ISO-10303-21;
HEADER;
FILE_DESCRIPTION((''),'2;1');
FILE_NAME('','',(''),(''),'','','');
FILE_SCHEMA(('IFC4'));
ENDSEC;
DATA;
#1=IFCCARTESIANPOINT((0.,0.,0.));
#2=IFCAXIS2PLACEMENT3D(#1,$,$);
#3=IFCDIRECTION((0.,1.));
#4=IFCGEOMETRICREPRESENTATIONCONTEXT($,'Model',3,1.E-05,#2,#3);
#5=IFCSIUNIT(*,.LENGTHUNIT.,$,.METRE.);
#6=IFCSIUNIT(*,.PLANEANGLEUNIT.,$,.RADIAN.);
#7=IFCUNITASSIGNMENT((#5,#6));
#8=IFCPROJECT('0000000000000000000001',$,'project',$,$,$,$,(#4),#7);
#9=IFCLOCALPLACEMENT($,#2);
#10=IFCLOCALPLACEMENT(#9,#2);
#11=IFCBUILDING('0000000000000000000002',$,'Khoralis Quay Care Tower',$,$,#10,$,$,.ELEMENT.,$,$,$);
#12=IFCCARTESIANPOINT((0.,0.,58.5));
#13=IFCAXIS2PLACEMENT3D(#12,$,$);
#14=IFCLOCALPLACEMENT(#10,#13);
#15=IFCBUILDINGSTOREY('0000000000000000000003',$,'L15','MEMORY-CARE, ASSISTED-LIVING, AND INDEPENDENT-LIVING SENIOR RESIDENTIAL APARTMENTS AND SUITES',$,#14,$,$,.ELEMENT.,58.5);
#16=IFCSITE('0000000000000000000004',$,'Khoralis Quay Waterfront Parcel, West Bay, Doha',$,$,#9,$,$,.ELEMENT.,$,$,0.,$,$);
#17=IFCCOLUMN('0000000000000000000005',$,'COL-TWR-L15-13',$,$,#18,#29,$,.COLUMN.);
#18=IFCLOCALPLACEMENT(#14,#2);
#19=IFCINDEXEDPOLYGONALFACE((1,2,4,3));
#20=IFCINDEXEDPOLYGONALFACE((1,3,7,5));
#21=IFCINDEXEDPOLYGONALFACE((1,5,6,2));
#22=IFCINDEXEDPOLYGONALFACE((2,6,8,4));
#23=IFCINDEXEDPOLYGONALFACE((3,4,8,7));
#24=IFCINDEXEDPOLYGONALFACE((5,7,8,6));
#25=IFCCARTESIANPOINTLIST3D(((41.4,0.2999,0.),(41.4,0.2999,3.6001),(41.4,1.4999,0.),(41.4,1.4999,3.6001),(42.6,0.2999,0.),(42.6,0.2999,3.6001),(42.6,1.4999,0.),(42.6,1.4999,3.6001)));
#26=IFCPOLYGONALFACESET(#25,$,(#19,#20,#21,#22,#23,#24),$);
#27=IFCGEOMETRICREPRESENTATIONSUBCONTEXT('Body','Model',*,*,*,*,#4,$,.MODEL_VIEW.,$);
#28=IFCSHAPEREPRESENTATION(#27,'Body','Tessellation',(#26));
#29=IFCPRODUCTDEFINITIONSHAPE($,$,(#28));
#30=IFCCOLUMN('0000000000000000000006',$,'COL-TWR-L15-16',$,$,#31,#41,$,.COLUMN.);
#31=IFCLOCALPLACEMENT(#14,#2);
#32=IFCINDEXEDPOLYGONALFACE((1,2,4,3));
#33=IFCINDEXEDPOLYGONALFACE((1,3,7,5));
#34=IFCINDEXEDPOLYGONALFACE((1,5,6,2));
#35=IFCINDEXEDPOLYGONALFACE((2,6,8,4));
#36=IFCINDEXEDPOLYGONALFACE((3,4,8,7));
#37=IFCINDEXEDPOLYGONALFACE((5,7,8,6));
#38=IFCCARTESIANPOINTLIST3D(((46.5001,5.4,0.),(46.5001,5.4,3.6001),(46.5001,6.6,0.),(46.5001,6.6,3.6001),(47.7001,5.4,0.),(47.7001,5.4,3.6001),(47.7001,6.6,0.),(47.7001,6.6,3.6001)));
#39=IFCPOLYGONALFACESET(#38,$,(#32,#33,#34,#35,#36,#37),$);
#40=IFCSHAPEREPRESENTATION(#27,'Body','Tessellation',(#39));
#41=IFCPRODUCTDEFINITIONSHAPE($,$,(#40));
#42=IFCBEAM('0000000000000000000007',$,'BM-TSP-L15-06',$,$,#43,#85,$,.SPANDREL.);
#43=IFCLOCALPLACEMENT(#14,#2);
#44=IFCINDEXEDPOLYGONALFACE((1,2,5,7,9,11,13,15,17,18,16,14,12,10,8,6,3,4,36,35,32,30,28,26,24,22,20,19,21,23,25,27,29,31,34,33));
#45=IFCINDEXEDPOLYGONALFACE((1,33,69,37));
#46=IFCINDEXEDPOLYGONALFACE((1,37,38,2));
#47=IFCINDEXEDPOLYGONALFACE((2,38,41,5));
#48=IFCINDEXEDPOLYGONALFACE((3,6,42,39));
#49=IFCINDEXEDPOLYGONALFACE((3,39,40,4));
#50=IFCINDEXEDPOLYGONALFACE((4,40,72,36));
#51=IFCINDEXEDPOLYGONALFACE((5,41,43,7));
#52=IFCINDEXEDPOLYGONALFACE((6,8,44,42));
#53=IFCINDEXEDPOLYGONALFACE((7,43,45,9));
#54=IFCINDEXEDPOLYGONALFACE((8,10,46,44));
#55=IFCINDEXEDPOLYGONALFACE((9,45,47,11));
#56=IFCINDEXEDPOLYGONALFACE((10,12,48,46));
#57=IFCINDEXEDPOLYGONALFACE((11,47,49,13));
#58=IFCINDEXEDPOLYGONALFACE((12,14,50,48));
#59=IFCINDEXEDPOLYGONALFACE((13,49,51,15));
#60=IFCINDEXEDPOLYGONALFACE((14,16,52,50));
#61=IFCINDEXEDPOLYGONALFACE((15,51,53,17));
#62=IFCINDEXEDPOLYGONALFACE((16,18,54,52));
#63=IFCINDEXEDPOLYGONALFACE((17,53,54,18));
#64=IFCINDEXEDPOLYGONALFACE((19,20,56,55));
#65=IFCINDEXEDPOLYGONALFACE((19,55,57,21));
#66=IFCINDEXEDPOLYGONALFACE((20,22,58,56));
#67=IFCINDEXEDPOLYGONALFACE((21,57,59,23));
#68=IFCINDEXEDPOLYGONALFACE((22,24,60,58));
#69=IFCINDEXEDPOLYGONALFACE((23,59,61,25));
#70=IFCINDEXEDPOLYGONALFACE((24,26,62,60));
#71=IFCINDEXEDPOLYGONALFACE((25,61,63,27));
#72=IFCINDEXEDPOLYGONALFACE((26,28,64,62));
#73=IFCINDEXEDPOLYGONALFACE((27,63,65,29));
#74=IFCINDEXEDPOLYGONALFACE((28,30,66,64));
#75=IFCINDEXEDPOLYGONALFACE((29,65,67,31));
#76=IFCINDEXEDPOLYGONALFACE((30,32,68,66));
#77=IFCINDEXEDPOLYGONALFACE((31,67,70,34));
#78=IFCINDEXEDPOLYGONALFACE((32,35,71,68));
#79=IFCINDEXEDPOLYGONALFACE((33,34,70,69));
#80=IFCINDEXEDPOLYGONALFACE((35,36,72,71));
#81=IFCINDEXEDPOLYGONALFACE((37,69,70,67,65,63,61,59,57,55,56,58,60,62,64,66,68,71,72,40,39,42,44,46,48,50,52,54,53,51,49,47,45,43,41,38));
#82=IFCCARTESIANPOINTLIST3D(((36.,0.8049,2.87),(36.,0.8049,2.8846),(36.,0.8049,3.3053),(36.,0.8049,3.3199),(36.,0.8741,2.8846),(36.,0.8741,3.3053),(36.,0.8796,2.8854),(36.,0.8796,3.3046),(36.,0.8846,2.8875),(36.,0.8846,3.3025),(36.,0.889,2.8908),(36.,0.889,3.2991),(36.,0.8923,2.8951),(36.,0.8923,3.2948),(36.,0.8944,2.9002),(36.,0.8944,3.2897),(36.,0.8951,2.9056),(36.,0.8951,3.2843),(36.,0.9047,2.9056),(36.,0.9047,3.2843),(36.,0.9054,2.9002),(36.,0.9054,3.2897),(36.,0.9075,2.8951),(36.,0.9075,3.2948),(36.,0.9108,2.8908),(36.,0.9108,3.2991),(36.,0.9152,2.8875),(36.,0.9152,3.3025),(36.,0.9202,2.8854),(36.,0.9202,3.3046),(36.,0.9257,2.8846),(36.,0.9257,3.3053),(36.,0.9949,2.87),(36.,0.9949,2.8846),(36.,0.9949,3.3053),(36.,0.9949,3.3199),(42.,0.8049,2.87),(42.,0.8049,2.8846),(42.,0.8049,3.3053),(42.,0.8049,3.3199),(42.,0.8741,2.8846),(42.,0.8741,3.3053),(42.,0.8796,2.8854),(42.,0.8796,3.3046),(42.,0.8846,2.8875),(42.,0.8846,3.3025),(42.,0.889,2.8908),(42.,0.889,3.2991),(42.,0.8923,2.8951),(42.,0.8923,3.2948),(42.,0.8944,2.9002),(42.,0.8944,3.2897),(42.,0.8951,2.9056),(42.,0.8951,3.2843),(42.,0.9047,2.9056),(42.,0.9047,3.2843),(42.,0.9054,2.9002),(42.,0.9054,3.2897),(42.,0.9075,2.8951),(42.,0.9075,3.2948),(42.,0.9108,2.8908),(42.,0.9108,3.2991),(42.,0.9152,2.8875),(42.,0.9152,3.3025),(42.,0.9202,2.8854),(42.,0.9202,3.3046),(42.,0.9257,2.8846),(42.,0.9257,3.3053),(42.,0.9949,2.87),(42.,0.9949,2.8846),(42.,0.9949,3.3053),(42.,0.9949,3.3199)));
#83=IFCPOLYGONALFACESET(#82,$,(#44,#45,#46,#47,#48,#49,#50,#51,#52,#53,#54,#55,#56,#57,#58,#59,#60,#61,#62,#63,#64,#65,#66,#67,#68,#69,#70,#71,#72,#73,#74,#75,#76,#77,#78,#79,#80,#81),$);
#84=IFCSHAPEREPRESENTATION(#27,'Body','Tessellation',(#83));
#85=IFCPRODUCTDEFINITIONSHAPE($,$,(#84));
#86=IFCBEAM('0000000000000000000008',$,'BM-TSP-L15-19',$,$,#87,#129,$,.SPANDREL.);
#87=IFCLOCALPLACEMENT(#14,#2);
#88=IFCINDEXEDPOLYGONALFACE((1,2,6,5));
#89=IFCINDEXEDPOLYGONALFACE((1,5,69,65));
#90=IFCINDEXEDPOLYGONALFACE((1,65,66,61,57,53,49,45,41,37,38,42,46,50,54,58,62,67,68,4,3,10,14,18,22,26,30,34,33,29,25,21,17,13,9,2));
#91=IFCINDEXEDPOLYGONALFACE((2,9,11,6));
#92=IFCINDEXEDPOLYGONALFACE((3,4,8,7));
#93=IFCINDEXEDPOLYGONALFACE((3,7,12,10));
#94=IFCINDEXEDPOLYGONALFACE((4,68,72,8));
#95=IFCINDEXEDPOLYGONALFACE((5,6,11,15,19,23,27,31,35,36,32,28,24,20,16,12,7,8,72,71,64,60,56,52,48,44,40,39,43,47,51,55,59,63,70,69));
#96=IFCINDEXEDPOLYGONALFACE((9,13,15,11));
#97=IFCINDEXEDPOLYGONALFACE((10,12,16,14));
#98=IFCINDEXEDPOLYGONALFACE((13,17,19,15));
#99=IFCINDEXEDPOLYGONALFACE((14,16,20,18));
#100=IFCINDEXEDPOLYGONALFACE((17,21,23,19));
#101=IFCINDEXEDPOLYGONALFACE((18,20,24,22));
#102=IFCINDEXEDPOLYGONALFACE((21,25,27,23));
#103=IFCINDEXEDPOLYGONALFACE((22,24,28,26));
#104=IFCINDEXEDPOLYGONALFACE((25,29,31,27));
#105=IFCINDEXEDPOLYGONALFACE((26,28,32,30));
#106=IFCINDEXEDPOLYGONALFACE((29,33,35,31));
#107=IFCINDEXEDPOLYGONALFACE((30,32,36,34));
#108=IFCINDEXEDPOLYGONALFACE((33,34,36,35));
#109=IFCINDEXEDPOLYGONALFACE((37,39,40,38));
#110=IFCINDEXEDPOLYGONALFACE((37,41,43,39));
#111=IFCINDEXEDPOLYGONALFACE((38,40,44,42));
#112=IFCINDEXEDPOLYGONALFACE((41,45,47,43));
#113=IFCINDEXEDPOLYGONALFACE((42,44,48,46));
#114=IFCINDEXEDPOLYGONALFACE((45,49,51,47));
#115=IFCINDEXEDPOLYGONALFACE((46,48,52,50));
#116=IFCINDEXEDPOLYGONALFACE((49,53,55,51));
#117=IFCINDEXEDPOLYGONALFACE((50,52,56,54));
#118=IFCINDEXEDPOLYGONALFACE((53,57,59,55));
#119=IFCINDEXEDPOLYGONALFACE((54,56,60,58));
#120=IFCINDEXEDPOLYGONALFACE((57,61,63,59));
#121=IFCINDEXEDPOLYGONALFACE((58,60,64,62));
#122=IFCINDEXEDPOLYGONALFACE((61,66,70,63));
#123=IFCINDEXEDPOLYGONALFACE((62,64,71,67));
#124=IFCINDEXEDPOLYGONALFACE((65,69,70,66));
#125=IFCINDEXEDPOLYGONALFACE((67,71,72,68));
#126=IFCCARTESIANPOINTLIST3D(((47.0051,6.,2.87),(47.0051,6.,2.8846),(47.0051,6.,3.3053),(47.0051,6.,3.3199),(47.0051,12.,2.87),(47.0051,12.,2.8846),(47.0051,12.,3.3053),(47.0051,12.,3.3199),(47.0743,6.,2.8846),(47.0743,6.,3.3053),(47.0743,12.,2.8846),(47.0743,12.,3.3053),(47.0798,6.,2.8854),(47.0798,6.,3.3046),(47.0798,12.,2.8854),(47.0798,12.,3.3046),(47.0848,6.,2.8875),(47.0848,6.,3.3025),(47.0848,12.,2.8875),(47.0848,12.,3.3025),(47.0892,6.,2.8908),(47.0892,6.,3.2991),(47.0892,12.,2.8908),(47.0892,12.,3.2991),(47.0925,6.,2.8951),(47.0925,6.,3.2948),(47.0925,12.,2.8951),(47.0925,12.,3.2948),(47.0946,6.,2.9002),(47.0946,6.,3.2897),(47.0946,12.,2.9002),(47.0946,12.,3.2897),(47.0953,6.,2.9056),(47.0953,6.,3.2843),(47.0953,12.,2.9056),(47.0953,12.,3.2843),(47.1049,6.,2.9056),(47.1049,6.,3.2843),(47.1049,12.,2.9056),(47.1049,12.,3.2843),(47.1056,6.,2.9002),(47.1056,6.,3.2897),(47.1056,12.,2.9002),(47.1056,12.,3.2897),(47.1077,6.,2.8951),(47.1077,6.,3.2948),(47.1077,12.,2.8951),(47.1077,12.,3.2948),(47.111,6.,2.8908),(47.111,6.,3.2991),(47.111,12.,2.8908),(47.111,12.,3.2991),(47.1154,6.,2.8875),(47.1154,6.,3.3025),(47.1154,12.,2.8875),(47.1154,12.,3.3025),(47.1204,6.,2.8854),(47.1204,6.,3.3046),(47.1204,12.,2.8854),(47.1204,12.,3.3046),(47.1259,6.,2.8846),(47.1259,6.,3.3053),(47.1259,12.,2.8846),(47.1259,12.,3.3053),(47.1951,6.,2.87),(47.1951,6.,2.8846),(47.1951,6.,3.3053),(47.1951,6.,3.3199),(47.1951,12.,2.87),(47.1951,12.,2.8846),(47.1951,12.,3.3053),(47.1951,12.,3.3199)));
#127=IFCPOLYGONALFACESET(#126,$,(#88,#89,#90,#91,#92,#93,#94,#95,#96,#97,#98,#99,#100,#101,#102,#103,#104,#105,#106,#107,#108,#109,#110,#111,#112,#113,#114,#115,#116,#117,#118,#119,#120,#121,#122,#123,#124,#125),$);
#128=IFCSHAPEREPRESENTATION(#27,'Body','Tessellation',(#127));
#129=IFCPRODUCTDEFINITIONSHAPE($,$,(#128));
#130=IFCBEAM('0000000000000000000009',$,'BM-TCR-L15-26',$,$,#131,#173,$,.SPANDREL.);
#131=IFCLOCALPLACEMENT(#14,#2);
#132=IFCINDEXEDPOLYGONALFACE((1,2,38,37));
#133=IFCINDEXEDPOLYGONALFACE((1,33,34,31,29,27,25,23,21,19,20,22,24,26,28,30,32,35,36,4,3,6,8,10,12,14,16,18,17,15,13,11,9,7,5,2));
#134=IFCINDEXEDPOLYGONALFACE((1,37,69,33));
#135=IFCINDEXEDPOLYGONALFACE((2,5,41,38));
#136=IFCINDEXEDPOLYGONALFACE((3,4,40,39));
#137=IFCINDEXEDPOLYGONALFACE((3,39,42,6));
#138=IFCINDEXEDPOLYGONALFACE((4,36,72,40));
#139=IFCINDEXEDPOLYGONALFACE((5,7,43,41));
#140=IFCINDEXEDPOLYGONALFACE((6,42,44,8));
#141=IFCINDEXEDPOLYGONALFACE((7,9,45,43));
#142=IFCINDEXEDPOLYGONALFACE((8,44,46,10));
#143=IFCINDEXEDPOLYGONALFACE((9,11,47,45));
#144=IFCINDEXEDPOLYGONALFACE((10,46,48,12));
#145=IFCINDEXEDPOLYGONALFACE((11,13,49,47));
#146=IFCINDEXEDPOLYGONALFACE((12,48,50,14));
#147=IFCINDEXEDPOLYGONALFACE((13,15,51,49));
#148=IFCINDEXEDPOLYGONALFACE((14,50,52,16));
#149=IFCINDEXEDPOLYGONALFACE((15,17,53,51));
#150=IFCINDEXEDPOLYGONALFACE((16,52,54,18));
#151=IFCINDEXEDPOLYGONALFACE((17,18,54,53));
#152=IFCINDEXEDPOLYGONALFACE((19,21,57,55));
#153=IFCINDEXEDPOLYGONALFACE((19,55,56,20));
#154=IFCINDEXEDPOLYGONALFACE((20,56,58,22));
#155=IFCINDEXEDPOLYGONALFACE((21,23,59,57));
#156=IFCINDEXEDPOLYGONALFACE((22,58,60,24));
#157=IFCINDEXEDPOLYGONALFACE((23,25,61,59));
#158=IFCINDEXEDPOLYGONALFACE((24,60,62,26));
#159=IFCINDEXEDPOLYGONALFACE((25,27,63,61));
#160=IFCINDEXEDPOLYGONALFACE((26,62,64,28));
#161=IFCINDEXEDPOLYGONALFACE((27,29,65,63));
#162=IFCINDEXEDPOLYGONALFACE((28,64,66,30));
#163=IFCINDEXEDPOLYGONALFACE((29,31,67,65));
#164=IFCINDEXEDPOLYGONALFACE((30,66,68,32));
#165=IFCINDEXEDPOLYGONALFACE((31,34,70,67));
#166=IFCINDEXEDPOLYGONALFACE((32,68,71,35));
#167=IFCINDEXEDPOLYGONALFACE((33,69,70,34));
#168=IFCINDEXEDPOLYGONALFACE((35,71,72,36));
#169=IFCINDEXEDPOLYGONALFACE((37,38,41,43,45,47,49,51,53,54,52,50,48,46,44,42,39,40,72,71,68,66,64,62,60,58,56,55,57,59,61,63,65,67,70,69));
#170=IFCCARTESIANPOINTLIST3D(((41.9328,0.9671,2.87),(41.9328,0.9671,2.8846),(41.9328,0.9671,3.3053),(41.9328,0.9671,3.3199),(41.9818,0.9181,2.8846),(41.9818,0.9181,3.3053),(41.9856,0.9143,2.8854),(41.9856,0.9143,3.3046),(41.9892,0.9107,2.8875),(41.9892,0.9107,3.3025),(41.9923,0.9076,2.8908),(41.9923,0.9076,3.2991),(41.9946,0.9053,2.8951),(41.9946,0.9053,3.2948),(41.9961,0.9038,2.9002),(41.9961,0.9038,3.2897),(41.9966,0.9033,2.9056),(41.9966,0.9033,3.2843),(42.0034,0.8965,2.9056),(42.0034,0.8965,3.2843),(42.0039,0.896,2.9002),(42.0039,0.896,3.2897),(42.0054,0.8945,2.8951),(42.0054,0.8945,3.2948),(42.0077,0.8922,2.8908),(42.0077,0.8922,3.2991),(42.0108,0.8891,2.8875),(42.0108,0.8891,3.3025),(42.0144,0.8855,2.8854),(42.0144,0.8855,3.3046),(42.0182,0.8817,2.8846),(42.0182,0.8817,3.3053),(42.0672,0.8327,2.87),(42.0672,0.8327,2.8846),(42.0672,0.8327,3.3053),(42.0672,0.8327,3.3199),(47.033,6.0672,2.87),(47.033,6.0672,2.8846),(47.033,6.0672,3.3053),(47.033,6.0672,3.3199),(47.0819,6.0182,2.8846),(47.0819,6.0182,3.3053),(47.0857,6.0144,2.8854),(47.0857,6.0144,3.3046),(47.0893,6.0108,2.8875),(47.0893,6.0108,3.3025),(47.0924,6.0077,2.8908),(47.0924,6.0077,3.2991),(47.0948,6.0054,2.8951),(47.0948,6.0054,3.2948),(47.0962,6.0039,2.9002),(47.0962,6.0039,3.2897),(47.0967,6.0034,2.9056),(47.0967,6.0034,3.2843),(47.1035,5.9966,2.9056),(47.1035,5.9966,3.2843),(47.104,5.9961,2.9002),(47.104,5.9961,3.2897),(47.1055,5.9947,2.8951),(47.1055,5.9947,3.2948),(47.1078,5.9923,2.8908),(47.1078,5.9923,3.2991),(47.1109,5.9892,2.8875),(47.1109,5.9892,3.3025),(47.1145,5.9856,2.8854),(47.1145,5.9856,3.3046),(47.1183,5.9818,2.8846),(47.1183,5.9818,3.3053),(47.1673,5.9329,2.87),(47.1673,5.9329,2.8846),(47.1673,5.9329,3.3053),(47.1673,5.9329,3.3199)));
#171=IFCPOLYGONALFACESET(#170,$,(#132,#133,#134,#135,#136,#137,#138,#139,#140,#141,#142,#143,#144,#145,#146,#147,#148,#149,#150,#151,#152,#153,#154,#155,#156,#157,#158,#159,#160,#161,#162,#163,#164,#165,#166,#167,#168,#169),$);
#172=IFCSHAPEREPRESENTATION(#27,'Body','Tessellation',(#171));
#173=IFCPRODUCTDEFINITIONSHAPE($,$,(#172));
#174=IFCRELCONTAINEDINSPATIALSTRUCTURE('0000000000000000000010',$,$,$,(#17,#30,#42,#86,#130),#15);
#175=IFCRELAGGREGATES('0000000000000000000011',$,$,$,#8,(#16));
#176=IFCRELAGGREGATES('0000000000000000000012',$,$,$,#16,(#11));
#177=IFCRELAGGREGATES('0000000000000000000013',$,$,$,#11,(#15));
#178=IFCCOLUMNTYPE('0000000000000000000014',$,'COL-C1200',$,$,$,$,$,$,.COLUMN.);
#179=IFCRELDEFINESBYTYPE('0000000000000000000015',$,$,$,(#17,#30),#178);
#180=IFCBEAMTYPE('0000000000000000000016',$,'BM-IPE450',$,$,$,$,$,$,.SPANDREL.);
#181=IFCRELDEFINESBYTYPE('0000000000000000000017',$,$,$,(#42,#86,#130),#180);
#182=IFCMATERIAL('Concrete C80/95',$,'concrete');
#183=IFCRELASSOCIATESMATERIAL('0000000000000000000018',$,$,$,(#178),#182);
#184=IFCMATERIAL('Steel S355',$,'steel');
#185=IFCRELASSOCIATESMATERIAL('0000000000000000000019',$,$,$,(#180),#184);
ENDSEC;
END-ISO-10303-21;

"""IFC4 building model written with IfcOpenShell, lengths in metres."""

from ifc_helpers import new_model, si_unit, direction, frame, origin, origin_2d, place, context, subcontext, project, spatial, rectangle, i_section, extrude, source, transform, mapped, material, material_profile, profile_set, type_object, element, save


model = new_model("IFC4")

# Units and contexts
model_context = context("Model", 3, precision=1e-05, world=origin(), true_north=direction((0.0, 1.0)))
body_context = subcontext(model_context, "Body", "Model", "MODEL_VIEW")
ifc_project = project(units=[si_unit("LENGTHUNIT", "METRE"), si_unit("PLANEANGLEUNIT", "RADIAN")], contexts=[model_context])

# Site, building, storey
site_placement = place(None, origin())
site = spatial("IfcSite", under=ifc_project, at=site_placement, Name="Khoralis Quay Waterfront Parcel, West Bay, Doha", CompositionType="ELEMENT", RefElevation=0.0)
building_placement = place(site_placement, origin())
building = spatial("IfcBuilding", under=site, at=building_placement, Name="Khoralis Quay Care Tower", CompositionType="ELEMENT")
storey_placement = place(building_placement, frame((0.0, 0.0, 58.5)))
storey = spatial("IfcBuildingStorey", under=building, at=storey_placement, Name="L15", Description="MEMORY-CARE, ASSISTED-LIVING, AND INDEPENDENT-LIVING SENIOR RESIDENTIAL APARTMENTS AND SUITES", CompositionType="ELEMENT", Elevation=58.5)

# Columns
ifc_material_1 = material(Name="Concrete C80/95", Category="concrete")
ifc_material_profile_1 = material_profile(ifc_material_1, rectangle(XDim=1.2, YDim=1.2, at=origin_2d()), Name="Concrete C80/95")
ifc_profile_set_1 = profile_set([ifc_material_profile_1], Name="Concrete C80/95")
column_type = type_object("IfcColumnType", Name="COL-C1200", PredefinedType="COLUMN", material=ifc_profile_set_1)
shared_shape_1 = source(origin(), body_context, "Body", "SweptSolid", [
    extrude(rectangle(XDim=1.2, YDim=1.2, at=origin_2d()), origin(), (0.0, 0.0, 1.0), 3.6001),
])
for number, where, z_axis, x_axis, name in (
    (1, (42.0, 0.8999, 0.0), (0.0, 0.0, 1.0), (1.0, 0.0, 0.0), "COL-TWR-L15-13"),
    (2, (47.1001, 6.0, 0.0), (0.0, 0.0, 1.0), (1.0, 0.0, 0.0), "COL-TWR-L15-16"),
):
    element("IfcColumn", number, at=place(storey_placement, frame(where, z_axis=z_axis, x_axis=x_axis)), inside=storey, type_object=column_type, Name=name, PredefinedType="COLUMN", context=body_context, shape_type="MappedRepresentation", body=[
        mapped(shared_shape_1, transform((0.0, 0.0, 0.0), scale=1.0)),
    ])

# Beams
ifc_material_2 = material(Name="Steel S355", Category="steel")
ifc_material_profile_2 = material_profile(ifc_material_2, i_section(OverallWidth=0.1899, OverallDepth=0.45, WebThickness=0.0095, FlangeThickness=0.0146, FilletRadius=0.021, at=origin_2d()), Name="Steel S355")
ifc_profile_set_2 = profile_set([ifc_material_profile_2], Name="Steel S355")
beam_type_1 = type_object("IfcBeamType", Name="BM-IPE450", PredefinedType="SPANDREL", material=ifc_profile_set_2)
shared_shape_2 = source(origin(), body_context, "Body", "SweptSolid", [
    extrude(i_section(OverallWidth=0.1899, OverallDepth=0.45, WebThickness=0.0095, FlangeThickness=0.0146, FilletRadius=0.021, at=origin_2d()), origin(), (0.0, 0.0, 1.0), 6.0),
])
for number, where, z_axis, x_axis, name in (
    (3, (36.0, 0.8999, 3.095), (1.0, 0.0, 0.0), (0.0, 1.0, 0.0), "BM-TSP-L15-06"),
    (4, (47.1001, 6.0, 3.095), (0.0, 1.0, 0.0), (-1.0, 0.0, 0.0), "BM-TSP-L15-19"),
):
    element("IfcBeam", number, at=place(storey_placement, frame(where, z_axis=z_axis, x_axis=x_axis)), inside=storey, type_object=beam_type_1, Name=name, PredefinedType="SPANDREL", context=body_context, shape_type="MappedRepresentation", body=[
        mapped(shared_shape_2, transform((0.0, 0.0, 0.0), scale=1.0)),
    ])
shared_shape_3 = source(origin(), body_context, "Body", "SweptSolid", [
    extrude(i_section(OverallWidth=0.1899, OverallDepth=0.45, WebThickness=0.0095, FlangeThickness=0.0146, FilletRadius=0.021, at=origin_2d()), origin(), (0.0, 0.0, 1.0), 7.2126),
])
beam_1_placement = place(storey_placement, frame((42.0, 0.8999, 3.095), z_axis=(0.707107, 0.707107, 0.0), x_axis=(-0.707107, 0.707107, 0.0)))
element("IfcBeam", 5, at=beam_1_placement, inside=storey, type_object=beam_type_1, Name="BM-TCR-L15-26", PredefinedType="SPANDREL", context=body_context, shape_type="MappedRepresentation", body=[
    mapped(shared_shape_3, transform((0.0, 0.0, 0.0), scale=1.0)),
])

save(model, "model.ifc")
